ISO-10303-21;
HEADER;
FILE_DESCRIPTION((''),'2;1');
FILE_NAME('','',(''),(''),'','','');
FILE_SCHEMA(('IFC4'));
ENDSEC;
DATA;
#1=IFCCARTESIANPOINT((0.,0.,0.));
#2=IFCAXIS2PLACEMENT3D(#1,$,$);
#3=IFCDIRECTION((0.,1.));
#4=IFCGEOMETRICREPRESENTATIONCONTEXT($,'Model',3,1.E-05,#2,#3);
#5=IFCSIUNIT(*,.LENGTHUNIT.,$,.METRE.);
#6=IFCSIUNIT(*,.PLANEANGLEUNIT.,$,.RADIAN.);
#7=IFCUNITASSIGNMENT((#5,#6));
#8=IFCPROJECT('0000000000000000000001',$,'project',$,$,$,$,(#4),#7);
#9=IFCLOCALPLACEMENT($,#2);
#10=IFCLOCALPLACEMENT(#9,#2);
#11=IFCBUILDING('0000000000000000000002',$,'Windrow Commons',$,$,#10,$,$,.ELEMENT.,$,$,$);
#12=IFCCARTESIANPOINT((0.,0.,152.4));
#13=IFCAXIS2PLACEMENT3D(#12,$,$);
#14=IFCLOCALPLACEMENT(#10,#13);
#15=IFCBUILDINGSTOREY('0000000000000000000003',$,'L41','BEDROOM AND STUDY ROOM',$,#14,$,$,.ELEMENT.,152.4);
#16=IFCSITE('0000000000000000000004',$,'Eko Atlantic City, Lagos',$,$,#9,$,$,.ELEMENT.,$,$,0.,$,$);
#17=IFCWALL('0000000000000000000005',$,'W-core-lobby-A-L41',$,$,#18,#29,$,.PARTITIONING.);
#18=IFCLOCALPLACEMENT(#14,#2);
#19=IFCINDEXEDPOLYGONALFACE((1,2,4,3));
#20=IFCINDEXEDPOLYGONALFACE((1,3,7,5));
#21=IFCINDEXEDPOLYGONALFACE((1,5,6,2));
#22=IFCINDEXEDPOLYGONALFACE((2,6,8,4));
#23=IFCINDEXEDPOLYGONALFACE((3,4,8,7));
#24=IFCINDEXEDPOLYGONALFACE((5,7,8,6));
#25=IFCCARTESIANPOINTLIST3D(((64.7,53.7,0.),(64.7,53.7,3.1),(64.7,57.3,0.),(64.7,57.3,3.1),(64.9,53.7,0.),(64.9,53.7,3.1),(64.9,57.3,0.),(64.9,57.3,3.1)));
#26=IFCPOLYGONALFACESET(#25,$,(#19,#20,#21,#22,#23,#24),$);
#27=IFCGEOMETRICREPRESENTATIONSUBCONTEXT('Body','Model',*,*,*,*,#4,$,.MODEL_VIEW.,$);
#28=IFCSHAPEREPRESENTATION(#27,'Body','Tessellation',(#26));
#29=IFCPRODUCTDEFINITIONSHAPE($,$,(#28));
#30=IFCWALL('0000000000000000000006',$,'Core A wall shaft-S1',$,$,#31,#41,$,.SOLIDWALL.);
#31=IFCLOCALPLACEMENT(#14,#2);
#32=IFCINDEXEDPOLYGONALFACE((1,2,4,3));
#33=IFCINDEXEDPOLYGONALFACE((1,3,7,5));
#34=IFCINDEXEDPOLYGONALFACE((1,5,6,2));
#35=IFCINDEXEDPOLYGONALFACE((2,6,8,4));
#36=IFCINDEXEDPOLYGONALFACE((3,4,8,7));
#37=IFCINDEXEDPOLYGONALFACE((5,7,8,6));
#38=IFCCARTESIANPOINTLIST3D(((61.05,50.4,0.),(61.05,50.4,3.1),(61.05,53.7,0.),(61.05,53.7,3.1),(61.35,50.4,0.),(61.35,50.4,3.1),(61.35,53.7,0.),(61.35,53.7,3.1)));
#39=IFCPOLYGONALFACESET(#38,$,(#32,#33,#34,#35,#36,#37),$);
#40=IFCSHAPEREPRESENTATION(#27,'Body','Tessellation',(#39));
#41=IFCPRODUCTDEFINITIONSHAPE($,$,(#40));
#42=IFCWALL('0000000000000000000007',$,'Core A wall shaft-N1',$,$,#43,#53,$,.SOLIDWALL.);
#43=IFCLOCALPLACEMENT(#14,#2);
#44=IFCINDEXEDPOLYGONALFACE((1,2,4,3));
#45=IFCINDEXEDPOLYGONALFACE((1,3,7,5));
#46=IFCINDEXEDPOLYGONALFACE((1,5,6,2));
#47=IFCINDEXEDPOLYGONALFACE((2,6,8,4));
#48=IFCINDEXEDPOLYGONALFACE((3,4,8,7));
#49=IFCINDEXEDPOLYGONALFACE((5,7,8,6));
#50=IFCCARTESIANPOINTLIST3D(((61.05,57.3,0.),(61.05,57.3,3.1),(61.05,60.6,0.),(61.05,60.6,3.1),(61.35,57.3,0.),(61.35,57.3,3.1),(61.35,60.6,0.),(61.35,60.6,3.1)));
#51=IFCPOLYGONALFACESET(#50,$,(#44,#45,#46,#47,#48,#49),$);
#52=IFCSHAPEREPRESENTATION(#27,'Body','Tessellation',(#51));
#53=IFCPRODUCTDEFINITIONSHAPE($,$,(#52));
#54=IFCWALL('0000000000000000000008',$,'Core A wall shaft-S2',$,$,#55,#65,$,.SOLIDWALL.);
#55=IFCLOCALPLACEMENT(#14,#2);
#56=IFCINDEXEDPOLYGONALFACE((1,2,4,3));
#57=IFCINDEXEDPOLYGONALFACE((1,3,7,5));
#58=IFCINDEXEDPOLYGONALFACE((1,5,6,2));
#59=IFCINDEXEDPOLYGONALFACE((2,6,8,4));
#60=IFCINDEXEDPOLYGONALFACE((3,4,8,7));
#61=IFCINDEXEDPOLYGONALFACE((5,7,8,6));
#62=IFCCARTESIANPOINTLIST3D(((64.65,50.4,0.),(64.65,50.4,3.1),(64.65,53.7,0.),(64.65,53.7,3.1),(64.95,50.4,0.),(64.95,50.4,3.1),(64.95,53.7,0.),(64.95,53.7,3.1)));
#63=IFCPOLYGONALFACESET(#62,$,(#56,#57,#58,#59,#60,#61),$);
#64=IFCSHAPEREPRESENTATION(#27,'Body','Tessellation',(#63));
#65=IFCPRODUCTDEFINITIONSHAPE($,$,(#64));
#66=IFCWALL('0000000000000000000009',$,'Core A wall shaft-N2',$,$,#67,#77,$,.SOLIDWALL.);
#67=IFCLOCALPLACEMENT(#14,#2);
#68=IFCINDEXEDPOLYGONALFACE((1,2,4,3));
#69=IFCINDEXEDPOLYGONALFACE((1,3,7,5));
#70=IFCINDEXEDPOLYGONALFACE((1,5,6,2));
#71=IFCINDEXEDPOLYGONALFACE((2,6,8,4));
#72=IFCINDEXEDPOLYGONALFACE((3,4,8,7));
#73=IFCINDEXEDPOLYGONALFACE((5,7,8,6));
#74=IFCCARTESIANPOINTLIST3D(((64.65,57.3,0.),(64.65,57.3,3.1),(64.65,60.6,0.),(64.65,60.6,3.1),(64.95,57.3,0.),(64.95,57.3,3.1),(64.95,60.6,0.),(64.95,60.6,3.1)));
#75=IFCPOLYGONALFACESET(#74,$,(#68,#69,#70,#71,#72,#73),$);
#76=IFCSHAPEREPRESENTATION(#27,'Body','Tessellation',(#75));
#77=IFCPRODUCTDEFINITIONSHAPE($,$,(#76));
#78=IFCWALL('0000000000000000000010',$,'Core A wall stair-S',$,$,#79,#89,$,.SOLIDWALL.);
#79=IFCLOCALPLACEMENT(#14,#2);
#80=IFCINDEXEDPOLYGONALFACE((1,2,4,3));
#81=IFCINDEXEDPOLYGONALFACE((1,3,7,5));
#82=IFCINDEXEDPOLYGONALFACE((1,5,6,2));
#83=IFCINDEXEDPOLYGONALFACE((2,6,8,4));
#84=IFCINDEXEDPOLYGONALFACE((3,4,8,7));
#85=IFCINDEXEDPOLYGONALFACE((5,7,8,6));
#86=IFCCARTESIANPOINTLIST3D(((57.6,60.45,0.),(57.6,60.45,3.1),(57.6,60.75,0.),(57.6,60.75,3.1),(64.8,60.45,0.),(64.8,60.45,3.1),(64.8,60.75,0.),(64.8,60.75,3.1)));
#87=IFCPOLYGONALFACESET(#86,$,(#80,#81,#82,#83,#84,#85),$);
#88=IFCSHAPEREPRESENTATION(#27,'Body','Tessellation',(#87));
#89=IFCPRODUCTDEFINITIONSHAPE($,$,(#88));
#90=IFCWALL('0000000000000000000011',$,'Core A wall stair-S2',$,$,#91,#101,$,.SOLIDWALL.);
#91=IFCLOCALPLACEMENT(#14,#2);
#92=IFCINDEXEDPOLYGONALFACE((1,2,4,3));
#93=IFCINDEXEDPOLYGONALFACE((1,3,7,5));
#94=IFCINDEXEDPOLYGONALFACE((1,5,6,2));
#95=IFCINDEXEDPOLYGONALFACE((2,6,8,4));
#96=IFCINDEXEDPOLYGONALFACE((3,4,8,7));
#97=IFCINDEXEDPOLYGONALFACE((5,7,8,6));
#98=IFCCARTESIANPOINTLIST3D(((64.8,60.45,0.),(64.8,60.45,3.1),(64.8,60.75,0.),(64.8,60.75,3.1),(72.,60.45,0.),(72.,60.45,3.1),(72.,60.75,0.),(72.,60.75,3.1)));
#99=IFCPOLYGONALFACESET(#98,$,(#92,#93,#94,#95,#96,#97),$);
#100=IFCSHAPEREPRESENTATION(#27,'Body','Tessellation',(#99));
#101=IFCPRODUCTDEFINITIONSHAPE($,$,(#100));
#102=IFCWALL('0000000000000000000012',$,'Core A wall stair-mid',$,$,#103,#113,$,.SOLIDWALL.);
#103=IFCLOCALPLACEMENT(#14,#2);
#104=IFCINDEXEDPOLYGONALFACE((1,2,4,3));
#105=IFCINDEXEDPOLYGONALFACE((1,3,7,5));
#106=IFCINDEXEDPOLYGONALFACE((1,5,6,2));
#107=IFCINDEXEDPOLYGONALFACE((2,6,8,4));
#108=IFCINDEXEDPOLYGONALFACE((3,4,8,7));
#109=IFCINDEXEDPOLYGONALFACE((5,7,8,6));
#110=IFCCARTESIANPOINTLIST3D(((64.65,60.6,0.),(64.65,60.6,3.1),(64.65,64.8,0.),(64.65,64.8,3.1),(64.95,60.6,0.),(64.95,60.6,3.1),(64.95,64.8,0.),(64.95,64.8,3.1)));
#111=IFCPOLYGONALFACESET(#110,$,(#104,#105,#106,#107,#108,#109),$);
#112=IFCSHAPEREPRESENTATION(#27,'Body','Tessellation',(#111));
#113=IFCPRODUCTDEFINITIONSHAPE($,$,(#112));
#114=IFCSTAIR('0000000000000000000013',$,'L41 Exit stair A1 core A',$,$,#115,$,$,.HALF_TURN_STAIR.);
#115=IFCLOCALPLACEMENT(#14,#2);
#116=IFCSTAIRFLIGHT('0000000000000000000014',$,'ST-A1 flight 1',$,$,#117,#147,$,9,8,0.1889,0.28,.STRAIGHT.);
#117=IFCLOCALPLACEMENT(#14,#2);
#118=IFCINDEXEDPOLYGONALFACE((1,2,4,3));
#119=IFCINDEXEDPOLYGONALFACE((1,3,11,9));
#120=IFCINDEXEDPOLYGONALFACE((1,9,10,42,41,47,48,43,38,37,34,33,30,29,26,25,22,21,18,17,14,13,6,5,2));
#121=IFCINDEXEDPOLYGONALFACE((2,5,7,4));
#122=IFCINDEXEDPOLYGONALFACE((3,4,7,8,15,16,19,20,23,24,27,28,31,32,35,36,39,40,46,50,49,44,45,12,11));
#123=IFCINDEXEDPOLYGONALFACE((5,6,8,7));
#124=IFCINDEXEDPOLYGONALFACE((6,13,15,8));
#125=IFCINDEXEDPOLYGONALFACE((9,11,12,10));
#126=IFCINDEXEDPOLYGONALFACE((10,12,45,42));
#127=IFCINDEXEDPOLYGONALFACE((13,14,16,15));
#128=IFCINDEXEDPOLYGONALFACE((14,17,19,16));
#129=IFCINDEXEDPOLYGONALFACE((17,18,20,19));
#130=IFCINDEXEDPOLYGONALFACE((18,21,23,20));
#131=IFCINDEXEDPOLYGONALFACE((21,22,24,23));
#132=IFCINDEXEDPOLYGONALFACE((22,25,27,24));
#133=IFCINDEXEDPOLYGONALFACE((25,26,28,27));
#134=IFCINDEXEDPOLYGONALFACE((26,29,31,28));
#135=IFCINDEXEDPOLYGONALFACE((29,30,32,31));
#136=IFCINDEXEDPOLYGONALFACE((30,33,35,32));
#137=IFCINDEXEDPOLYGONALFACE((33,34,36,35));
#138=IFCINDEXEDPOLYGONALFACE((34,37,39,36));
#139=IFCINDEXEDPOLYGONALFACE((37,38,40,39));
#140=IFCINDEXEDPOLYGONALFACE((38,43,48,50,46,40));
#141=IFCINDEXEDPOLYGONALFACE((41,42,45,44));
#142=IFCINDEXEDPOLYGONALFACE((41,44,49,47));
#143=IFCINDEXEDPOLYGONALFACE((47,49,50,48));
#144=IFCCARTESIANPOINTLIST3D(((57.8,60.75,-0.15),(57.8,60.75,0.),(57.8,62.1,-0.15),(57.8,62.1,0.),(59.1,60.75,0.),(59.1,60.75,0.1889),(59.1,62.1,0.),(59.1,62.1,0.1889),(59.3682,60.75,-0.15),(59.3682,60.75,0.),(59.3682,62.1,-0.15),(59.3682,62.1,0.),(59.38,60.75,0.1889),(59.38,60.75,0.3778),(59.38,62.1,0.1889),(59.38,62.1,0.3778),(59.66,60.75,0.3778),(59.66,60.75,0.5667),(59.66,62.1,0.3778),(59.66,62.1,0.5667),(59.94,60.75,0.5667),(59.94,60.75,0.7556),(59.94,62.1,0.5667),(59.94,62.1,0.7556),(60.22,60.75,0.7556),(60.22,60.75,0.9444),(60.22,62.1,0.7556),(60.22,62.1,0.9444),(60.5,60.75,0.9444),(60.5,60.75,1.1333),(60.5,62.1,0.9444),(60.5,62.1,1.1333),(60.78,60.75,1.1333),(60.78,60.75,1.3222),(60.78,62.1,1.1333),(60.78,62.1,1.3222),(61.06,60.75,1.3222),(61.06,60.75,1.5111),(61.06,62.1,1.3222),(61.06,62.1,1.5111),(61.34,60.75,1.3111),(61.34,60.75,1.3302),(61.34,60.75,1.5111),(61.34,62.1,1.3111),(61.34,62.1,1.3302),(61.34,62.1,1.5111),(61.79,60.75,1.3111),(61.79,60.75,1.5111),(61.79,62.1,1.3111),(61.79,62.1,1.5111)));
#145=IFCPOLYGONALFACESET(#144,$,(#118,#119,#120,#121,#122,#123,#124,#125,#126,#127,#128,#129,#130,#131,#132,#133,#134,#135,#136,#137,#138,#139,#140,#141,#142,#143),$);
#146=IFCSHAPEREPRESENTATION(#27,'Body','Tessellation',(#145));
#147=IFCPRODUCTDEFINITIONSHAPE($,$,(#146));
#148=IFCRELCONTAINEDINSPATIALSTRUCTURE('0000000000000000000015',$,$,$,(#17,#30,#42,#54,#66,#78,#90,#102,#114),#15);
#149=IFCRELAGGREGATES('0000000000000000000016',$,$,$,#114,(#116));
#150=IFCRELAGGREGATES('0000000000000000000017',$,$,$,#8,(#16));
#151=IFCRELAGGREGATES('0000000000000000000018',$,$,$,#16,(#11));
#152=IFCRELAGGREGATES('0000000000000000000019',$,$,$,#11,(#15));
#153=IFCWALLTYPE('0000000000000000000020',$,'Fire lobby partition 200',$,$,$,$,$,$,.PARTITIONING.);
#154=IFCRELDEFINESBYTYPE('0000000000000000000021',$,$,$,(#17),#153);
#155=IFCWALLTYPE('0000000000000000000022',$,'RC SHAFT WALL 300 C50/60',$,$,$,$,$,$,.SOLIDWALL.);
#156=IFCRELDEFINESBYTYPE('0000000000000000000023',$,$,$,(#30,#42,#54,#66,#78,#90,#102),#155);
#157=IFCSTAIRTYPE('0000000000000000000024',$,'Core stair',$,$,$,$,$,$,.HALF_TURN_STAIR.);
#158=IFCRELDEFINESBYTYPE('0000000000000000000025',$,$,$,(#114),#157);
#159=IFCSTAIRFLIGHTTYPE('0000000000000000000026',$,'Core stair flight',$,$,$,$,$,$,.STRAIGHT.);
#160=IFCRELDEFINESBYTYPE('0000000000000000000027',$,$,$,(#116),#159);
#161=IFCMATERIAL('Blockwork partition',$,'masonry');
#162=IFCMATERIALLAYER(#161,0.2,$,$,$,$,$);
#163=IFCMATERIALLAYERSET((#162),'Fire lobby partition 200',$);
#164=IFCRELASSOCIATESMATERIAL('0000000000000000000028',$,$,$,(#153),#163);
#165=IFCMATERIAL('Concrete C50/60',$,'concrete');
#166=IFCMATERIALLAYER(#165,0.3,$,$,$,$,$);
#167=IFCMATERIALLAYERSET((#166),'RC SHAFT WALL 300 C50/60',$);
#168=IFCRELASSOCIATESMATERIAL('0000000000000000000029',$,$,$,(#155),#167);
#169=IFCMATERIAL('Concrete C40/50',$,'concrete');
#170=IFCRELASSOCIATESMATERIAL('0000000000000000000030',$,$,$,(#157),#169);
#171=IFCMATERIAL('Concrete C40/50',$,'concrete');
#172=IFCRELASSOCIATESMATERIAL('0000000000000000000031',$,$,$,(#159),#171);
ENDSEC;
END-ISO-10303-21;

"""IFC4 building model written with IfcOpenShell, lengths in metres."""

from ifc_helpers import new_model, si_unit, direction, frame, frame_2d, origin, place, context, subcontext, project, spatial, polyline, rectangle, outline, extrude, material, layer, layer_set, type_object, element, aggregate, save


model = new_model("IFC4")

# Units and contexts
model_context = context("Model", 3, precision=1e-05, world=origin(), true_north=direction((0.0, 1.0)))
body_context = subcontext(model_context, "Body", "Model", "MODEL_VIEW")
ifc_project = project(units=[si_unit("LENGTHUNIT", "METRE"), si_unit("PLANEANGLEUNIT", "RADIAN")], contexts=[model_context])

# Site, building, storey
site_placement = place(None, origin())
site = spatial("IfcSite", under=ifc_project, at=site_placement, Name="Eko Atlantic City, Lagos", CompositionType="ELEMENT", RefElevation=0.0)
building_placement = place(site_placement, origin())
building = spatial("IfcBuilding", under=site, at=building_placement, Name="Windrow Commons", CompositionType="ELEMENT")
storey_placement = place(building_placement, frame((0.0, 0.0, 152.4)))
storey = spatial("IfcBuildingStorey", under=building, at=storey_placement, Name="L41", Description="BEDROOM AND STUDY ROOM", CompositionType="ELEMENT", Elevation=152.4)

# Walls
ifc_material_1 = material(Name="Blockwork partition", Category="masonry")
ifc_layer_1 = layer(ifc_material_1, 0.2)
ifc_layer_set_1 = layer_set([ifc_layer_1], Name="Fire lobby partition 200")
wall_type_1 = type_object("IfcWallType", Name="Fire lobby partition 200", PredefinedType="PARTITIONING", material=ifc_layer_set_1)
wall_1_placement = place(storey_placement, frame((64.8, 53.7, 0.0), z_axis=(0.0, 0.0, 1.0), x_axis=(0.0, 1.0, 0.0)))
element("IfcWall", 1, at=wall_1_placement, inside=storey, type_object=wall_type_1, Name="W-core-lobby-A-L41", PredefinedType="PARTITIONING", context=body_context, shape_type="SweptSolid", body=[
    extrude(rectangle(XDim=3.6, YDim=0.2, at=frame_2d((1.8, 0.0))), origin(), (0.0, 0.0, 1.0), 3.1),
])
ifc_material_2 = material(Name="Concrete C50/60", Category="concrete")
ifc_layer_2 = layer(ifc_material_2, 0.3)
ifc_layer_set_2 = layer_set([ifc_layer_2], Name="RC SHAFT WALL 300 C50/60")
wall_type_2 = type_object("IfcWallType", Name="RC SHAFT WALL 300 C50/60", PredefinedType="SOLIDWALL", material=ifc_layer_set_2)
for number, where, z_axis, x_axis, name in (
    (2, (61.2, 50.4, 0.0), (0.0, 0.0, 1.0), (0.0, 1.0, 0.0), "Core A wall shaft-S1"),
    (3, (61.2, 57.3, 0.0), (0.0, 0.0, 1.0), (0.0, 1.0, 0.0), "Core A wall shaft-N1"),
    (4, (64.8, 50.4, 0.0), (0.0, 0.0, 1.0), (0.0, 1.0, 0.0), "Core A wall shaft-S2"),
    (5, (64.8, 57.3, 0.0), (0.0, 0.0, 1.0), (0.0, 1.0, 0.0), "Core A wall shaft-N2"),
):
    element("IfcWall", number, at=place(storey_placement, frame(where, z_axis=z_axis, x_axis=x_axis)), inside=storey, type_object=wall_type_2, Name=name, PredefinedType="SOLIDWALL", context=body_context, shape_type="SweptSolid", body=[
        extrude(rectangle(XDim=3.3, YDim=0.3, at=frame_2d((1.65, 0.0))), origin(), (0.0, 0.0, 1.0), 3.1),
    ])
for number, where, z_axis, x_axis, name in (
    (6, (57.6, 60.6, 0.0), (0.0, 0.0, 1.0), (1.0, 0.0, 0.0), "Core A wall stair-S"),
    (7, (64.8, 60.6, 0.0), (0.0, 0.0, 1.0), (1.0, 0.0, 0.0), "Core A wall stair-S2"),
):
    element("IfcWall", number, at=place(storey_placement, frame(where, z_axis=z_axis, x_axis=x_axis)), inside=storey, type_object=wall_type_2, Name=name, PredefinedType="SOLIDWALL", context=body_context, shape_type="SweptSolid", body=[
        extrude(rectangle(XDim=7.2, YDim=0.3, at=frame_2d((3.6, 0.0))), origin(), (0.0, 0.0, 1.0), 3.1),
    ])
wall_2_placement = place(storey_placement, frame((64.8, 60.6, 0.0), z_axis=(0.0, 0.0, 1.0), x_axis=(0.0, 1.0, 0.0)))
element("IfcWall", 8, at=wall_2_placement, inside=storey, type_object=wall_type_2, Name="Core A wall stair-mid", PredefinedType="SOLIDWALL", context=body_context, shape_type="SweptSolid", body=[
    extrude(rectangle(XDim=4.2, YDim=0.3, at=frame_2d((2.1, 0.0))), origin(), (0.0, 0.0, 1.0), 3.1),
])

# Stair, stair flight
ifc_material_3 = material(Name="Concrete C40/50", Category="concrete")
stair_type = type_object("IfcStairType", Name="Core stair", PredefinedType="HALF_TURN_STAIR", material=ifc_material_3)
stair_placement = place(storey_placement, origin())
stair = element("IfcStair", 9, at=stair_placement, inside=storey, type_object=stair_type, Name="L41 Exit stair A1 core A", PredefinedType="HALF_TURN_STAIR")
ifc_material_4 = material(Name="Concrete C40/50", Category="concrete")
stair_flight_type = type_object("IfcStairFlightType", Name="Core stair flight", PredefinedType="STRAIGHT", material=ifc_material_4)
stair_flight_placement = place(storey_placement, frame((59.1, 61.425, 0.0), z_axis=(0.0, 0.0, 1.0), x_axis=(1.0, 0.0, 0.0)))
stair_flight = element("IfcStairFlight", 10, at=stair_flight_placement, type_object=stair_flight_type, Name="ST-A1 flight 1", NumberOfRisers=9, NumberOfTreads=8, PredefinedType="STRAIGHT", RiserHeight=0.1889, TreadLength=0.28, context=body_context, shape_type="SweptSolid", body=[
    extrude(outline(polyline([(-1.3, -0.15), (-1.3, 0.0), (0.0, 0.0), (0.0, 0.1889), (0.28, 0.1889), (0.28, 0.3778), (0.56, 0.3778), (0.56, 0.5667), (0.84, 0.5667), (0.84, 0.7556), (1.12, 0.7556), (1.12, 0.9444), (1.4, 0.9444), (1.4, 1.1333), (1.68, 1.1333), (1.68, 1.3222), (1.96, 1.3222), (1.96, 1.5111), (2.24, 1.5111), (2.69, 1.5111), (2.69, 1.3111), (2.24, 1.3111), (2.24, 1.3302), (0.2682, 0.0), (0.2682, -0.15), (-1.3, -0.15)])), frame((0.0, 0.675, 0.0), z_axis=(0.0, -1.0, 0.0), x_axis=(1.0, 0.0, 0.0)), (0.0, 0.0, 1.0), 1.35),
])
aggregate(stair, [stair_flight])

save(model, "model.ifc")
